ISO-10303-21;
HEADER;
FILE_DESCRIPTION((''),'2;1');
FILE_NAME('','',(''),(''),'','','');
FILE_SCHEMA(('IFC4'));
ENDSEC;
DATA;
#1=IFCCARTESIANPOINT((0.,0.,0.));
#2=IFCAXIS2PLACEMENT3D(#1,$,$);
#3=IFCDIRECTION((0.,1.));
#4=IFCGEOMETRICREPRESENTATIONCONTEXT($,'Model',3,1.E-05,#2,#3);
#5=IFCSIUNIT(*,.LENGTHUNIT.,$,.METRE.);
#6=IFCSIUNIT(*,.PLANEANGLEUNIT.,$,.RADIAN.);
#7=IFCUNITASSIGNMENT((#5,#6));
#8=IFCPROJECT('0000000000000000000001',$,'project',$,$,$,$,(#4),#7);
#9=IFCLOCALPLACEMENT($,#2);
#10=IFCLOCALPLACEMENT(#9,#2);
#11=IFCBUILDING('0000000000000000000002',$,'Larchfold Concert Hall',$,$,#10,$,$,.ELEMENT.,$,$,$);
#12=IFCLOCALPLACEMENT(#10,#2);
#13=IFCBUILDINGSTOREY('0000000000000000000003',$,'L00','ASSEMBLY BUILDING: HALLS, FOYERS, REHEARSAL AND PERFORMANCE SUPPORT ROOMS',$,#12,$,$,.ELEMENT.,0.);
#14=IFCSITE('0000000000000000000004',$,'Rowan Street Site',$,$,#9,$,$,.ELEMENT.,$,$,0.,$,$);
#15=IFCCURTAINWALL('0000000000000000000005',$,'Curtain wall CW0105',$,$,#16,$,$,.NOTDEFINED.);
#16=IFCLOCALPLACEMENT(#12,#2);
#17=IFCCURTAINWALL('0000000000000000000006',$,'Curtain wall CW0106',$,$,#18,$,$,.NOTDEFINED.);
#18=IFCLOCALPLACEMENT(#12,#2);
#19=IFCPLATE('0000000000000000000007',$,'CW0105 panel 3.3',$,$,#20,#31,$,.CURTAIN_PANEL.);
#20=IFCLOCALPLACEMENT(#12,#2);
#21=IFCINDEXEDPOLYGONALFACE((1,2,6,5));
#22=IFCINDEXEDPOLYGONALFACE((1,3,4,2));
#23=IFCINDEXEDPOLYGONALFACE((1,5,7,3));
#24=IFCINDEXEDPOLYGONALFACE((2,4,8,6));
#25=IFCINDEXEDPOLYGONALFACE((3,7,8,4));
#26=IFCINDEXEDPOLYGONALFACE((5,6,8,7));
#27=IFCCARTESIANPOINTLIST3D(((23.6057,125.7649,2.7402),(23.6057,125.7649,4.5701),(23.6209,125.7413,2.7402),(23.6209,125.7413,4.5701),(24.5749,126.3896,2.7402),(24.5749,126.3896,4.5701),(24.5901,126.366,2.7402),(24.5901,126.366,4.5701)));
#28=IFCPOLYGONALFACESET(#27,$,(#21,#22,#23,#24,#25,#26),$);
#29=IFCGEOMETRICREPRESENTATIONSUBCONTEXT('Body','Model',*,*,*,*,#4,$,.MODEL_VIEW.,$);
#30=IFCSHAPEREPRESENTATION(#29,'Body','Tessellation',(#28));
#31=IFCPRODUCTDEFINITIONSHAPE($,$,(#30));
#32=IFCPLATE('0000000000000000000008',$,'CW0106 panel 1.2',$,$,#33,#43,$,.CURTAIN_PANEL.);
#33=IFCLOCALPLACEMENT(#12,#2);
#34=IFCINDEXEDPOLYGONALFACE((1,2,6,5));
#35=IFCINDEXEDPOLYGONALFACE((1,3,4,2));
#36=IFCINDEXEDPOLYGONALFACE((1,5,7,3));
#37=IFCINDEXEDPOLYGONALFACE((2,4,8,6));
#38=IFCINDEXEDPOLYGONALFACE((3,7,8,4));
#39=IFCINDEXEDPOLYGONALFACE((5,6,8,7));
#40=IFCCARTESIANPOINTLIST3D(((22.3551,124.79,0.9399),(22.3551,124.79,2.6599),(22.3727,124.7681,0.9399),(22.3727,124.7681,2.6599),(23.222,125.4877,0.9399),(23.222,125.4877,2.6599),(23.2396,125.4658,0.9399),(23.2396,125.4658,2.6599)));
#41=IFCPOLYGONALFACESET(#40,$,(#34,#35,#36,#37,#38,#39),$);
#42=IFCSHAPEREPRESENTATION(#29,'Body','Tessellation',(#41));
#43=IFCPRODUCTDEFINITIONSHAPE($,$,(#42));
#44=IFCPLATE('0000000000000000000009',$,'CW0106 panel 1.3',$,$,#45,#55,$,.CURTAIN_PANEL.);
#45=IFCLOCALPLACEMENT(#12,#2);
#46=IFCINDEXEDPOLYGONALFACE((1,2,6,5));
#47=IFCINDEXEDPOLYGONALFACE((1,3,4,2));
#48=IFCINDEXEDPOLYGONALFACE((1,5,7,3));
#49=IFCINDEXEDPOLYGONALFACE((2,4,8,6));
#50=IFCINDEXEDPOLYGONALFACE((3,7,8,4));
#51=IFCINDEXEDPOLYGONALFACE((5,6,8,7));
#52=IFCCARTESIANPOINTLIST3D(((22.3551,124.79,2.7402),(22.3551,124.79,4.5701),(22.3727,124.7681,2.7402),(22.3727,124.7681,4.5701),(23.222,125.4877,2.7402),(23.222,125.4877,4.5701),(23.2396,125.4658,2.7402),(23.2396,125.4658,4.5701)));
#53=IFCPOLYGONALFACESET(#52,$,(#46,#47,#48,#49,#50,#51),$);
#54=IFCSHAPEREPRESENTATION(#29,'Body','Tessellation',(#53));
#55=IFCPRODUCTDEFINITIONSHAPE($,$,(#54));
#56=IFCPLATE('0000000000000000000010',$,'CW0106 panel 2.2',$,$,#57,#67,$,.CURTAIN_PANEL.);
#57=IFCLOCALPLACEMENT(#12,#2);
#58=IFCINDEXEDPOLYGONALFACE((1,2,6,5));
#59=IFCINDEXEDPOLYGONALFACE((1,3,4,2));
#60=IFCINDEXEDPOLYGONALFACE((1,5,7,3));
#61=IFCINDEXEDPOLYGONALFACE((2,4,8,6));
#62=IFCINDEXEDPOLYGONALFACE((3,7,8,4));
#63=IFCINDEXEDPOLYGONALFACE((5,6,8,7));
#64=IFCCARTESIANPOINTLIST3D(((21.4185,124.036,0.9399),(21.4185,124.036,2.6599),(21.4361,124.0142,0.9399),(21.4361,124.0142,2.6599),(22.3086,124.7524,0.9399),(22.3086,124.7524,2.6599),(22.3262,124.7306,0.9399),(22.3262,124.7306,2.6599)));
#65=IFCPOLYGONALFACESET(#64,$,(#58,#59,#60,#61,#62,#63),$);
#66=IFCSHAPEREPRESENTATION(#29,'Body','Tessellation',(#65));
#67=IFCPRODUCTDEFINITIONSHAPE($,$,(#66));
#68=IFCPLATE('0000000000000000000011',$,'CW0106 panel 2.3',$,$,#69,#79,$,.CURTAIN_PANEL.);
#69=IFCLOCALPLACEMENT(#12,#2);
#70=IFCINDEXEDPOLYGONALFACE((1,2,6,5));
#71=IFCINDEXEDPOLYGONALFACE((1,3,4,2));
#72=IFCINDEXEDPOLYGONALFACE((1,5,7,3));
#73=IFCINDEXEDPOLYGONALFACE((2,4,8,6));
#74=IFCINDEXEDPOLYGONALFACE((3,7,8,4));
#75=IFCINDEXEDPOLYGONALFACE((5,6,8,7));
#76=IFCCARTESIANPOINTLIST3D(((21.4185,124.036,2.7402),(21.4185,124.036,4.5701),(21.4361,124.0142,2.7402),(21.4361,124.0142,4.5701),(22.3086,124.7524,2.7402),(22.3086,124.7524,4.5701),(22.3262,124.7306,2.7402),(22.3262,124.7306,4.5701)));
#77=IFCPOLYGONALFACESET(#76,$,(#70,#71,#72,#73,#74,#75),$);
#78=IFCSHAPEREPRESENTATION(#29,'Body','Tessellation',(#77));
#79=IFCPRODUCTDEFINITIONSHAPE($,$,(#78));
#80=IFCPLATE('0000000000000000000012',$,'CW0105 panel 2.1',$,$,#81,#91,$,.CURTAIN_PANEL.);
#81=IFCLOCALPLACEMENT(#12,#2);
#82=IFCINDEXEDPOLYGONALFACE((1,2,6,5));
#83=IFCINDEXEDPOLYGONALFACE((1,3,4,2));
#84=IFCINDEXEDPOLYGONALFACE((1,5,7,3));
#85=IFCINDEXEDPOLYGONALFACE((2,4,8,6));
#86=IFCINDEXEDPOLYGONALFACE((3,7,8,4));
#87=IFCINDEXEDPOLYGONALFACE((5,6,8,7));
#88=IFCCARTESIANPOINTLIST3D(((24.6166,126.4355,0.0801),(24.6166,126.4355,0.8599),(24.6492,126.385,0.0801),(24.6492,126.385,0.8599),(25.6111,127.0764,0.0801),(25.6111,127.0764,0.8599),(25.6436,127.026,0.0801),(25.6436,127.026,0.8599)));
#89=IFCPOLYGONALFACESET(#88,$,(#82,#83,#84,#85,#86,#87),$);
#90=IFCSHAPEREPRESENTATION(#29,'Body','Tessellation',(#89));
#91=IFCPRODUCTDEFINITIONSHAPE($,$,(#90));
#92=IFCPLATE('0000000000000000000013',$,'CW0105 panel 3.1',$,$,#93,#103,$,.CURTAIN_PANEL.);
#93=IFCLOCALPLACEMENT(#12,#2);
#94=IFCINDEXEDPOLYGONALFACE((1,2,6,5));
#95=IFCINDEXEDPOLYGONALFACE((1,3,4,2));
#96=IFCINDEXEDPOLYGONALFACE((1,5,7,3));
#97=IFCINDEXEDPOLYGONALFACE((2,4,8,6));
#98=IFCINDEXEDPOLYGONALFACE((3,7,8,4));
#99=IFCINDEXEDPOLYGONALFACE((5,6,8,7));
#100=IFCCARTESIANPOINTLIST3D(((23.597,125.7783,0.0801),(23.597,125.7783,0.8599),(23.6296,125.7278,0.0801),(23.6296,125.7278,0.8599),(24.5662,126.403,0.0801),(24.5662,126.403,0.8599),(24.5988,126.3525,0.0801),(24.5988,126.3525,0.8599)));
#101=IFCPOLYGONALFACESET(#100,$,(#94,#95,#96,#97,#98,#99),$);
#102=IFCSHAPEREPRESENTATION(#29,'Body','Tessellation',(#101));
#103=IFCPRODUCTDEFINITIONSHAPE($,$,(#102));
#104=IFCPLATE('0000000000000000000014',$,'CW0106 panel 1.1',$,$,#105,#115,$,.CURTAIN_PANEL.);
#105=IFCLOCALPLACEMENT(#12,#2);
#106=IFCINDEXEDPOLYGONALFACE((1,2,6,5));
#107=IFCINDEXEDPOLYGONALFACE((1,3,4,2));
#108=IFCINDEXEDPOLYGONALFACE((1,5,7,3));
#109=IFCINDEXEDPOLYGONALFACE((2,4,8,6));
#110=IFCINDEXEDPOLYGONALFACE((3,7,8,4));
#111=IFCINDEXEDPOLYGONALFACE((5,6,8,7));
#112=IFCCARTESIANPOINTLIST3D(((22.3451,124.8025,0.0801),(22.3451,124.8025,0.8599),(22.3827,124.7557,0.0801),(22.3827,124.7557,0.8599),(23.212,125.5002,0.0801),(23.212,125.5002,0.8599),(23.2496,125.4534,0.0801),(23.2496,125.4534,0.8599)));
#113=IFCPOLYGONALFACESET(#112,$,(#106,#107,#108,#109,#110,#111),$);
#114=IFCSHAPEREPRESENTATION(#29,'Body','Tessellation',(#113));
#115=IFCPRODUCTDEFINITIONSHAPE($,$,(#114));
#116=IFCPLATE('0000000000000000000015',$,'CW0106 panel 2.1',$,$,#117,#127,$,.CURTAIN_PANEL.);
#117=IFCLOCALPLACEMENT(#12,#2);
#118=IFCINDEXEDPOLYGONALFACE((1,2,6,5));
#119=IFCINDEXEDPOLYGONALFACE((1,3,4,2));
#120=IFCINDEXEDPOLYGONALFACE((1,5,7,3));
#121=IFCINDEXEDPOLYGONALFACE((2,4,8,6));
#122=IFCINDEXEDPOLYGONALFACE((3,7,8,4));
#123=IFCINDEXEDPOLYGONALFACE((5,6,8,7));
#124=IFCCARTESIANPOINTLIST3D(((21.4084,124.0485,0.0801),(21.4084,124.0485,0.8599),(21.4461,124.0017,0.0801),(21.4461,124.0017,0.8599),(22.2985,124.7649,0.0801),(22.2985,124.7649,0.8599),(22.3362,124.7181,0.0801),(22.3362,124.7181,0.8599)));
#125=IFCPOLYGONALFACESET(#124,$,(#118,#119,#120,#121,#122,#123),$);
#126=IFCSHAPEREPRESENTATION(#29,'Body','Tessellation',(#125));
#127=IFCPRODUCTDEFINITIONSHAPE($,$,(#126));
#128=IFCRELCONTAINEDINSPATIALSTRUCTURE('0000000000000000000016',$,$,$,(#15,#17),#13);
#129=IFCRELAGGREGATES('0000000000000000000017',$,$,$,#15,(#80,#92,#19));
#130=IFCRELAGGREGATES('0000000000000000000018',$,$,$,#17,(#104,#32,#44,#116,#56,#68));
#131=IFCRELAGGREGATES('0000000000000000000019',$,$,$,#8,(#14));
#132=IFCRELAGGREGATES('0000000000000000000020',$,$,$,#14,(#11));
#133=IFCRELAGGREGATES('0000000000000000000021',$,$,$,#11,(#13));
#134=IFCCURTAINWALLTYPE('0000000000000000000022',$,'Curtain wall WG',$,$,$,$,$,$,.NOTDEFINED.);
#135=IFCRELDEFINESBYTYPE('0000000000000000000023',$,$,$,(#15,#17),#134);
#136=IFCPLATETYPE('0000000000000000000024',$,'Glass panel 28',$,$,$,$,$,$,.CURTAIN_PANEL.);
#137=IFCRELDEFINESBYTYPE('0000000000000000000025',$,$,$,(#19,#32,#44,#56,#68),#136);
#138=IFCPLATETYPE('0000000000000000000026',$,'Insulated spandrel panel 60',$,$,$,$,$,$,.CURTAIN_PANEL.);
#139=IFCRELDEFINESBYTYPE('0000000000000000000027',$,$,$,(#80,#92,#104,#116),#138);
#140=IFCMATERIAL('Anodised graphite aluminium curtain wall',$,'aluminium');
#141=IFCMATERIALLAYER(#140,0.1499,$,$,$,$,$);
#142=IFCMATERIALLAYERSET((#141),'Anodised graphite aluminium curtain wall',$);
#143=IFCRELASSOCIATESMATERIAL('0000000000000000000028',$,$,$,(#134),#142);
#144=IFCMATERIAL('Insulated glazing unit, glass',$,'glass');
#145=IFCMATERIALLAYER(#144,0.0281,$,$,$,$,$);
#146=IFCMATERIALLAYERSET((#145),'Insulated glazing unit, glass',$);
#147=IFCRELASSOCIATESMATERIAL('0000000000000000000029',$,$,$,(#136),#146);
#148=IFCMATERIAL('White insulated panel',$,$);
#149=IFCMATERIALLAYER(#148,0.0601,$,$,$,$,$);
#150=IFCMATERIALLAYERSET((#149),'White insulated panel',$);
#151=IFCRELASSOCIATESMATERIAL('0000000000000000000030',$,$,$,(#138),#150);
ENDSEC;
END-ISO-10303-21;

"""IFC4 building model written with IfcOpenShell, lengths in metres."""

from ifc_helpers import new_model, si_unit, direction, frame, origin, origin_2d, place, context, subcontext, project, spatial, rectangle, extrude, material, layer, layer_set, type_object, element, aggregate, save


model = new_model("IFC4")

# Units and contexts
model_context = context("Model", 3, precision=1e-05, world=origin(), true_north=direction((0.0, 1.0)))
body_context = subcontext(model_context, "Body", "Model", "MODEL_VIEW")
ifc_project = project(units=[si_unit("LENGTHUNIT", "METRE"), si_unit("PLANEANGLEUNIT", "RADIAN")], contexts=[model_context])

# Site, building, storey
site_placement = place(None, origin())
site = spatial("IfcSite", under=ifc_project, at=site_placement, Name="Rowan Street Site", CompositionType="ELEMENT", RefElevation=0.0)
building_placement = place(site_placement, origin())
building = spatial("IfcBuilding", under=site, at=building_placement, Name="Larchfold Concert Hall", CompositionType="ELEMENT")
storey_placement = place(building_placement, origin())
storey = spatial("IfcBuildingStorey", under=building, at=storey_placement, Name="L00", Description="ASSEMBLY BUILDING: HALLS, FOYERS, REHEARSAL AND PERFORMANCE SUPPORT ROOMS", CompositionType="ELEMENT", Elevation=0.0)

# Curtain walls
ifc_material_1 = material(Name="Anodised graphite aluminium curtain wall", Category="aluminium")
ifc_layer_1 = layer(ifc_material_1, 0.1499)
ifc_layer_set_1 = layer_set([ifc_layer_1], Name="Anodised graphite aluminium curtain wall")
curtain_wall_type = type_object("IfcCurtainWallType", Name="Curtain wall WG", PredefinedType="NOTDEFINED", material=ifc_layer_set_1)
curtain_wall_1_placement = place(storey_placement, origin())
curtain_wall_1 = element("IfcCurtainWall", 1, at=curtain_wall_1_placement, inside=storey, type_object=curtain_wall_type, Name="Curtain wall CW0105", PredefinedType="NOTDEFINED")
curtain_wall_2_placement = place(storey_placement, origin())
curtain_wall_2 = element("IfcCurtainWall", 2, at=curtain_wall_2_placement, inside=storey, type_object=curtain_wall_type, Name="Curtain wall CW0106", PredefinedType="NOTDEFINED")

# Plates
ifc_material_2 = material(Name="Insulated glazing unit, glass", Category="glass")
ifc_layer_2 = layer(ifc_material_2, 0.0281)
ifc_layer_set_2 = layer_set([ifc_layer_2], Name="Insulated glazing unit, glass")
plate_type_1 = type_object("IfcPlateType", Name="Glass panel 28", PredefinedType="CURTAIN_PANEL", material=ifc_layer_set_2)
plate_1_placement = place(storey_placement, frame((24.0979, 126.0654, 2.7402), z_axis=(0.0, 0.0, 1.0), x_axis=(-0.840531, -0.541763, 0.0)))
plate_1 = element("IfcPlate", 3, at=plate_1_placement, type_object=plate_type_1, Name="CW0105 panel 3.3", PredefinedType="CURTAIN_PANEL", context=body_context, shape_type="SweptSolid", body=[
    extrude(rectangle(XDim=1.1531, YDim=0.0281, at=origin_2d()), origin(), (0.0, 0.0, 1.0), 1.8298),
])
plate_2_placement = place(storey_placement, frame((22.7974, 125.1279, 0.9399), z_axis=(0.0, 0.0, 1.0), x_axis=(-0.77903, -0.626986, 0.0)))
plate_2 = element("IfcPlate", 4, at=plate_2_placement, type_object=plate_type_1, Name="CW0106 panel 1.2", PredefinedType="CURTAIN_PANEL", context=body_context, shape_type="SweptSolid", body=[
    extrude(rectangle(XDim=1.1128, YDim=0.0281, at=origin_2d()), origin(), (0.0, 0.0, 1.0), 1.72),
])
plate_3_placement = place(storey_placement, frame((22.7974, 125.1279, 2.7402), z_axis=(0.0, 0.0, 1.0), x_axis=(-0.77903, -0.626986, 0.0)))
plate_3 = element("IfcPlate", 5, at=plate_3_placement, type_object=plate_type_1, Name="CW0106 panel 1.3", PredefinedType="CURTAIN_PANEL", context=body_context, shape_type="SweptSolid", body=[
    extrude(rectangle(XDim=1.1128, YDim=0.0281, at=origin_2d()), origin(), (0.0, 0.0, 1.0), 1.8298),
])
plate_4_placement = place(storey_placement, frame((21.8723, 124.3833, 0.9399), z_axis=(0.0, 0.0, 1.0), x_axis=(-0.77903, -0.626986, 0.0)))
plate_4 = element("IfcPlate", 6, at=plate_4_placement, type_object=plate_type_1, Name="CW0106 panel 2.2", PredefinedType="CURTAIN_PANEL", context=body_context, shape_type="SweptSolid", body=[
    extrude(rectangle(XDim=1.1426, YDim=0.0281, at=origin_2d()), origin(), (0.0, 0.0, 1.0), 1.72),
])
plate_5_placement = place(storey_placement, frame((21.8723, 124.3833, 2.7402), z_axis=(0.0, 0.0, 1.0), x_axis=(-0.77903, -0.626986, 0.0)))
plate_5 = element("IfcPlate", 7, at=plate_5_placement, type_object=plate_type_1, Name="CW0106 panel 2.3", PredefinedType="CURTAIN_PANEL", context=body_context, shape_type="SweptSolid", body=[
    extrude(rectangle(XDim=1.1426, YDim=0.0281, at=origin_2d()), origin(), (0.0, 0.0, 1.0), 1.8298),
])
ifc_material_3 = material(Name="White insulated panel")
ifc_layer_3 = layer(ifc_material_3, 0.0601)
ifc_layer_set_3 = layer_set([ifc_layer_3], Name="White insulated panel")
plate_type_2 = type_object("IfcPlateType", Name="Insulated spandrel panel 60", PredefinedType="CURTAIN_PANEL", material=ifc_layer_set_3)
plate_6_placement = place(storey_placement, frame((25.1301, 126.7307, 0.0801), z_axis=(0.0, 0.0, 1.0), x_axis=(-0.840531, -0.541763, 0.0)))
plate_6 = element("IfcPlate", 8, at=plate_6_placement, type_object=plate_type_2, Name="CW0105 panel 2.1", PredefinedType="CURTAIN_PANEL", context=body_context, shape_type="SweptSolid", body=[
    extrude(rectangle(XDim=1.1831, YDim=0.0601, at=origin_2d()), origin(), (0.0, 0.0, 1.0), 0.7798),
])
plate_7_placement = place(storey_placement, frame((24.0979, 126.0654, 0.0801), z_axis=(0.0, 0.0, 1.0), x_axis=(-0.840531, -0.541763, 0.0)))
plate_7 = element("IfcPlate", 9, at=plate_7_placement, type_object=plate_type_2, Name="CW0105 panel 3.1", PredefinedType="CURTAIN_PANEL", context=body_context, shape_type="SweptSolid", body=[
    extrude(rectangle(XDim=1.1531, YDim=0.0601, at=origin_2d()), origin(), (0.0, 0.0, 1.0), 0.7798),
])
aggregate(curtain_wall_1, [plate_6, plate_7, plate_1])
plate_8_placement = place(storey_placement, frame((22.7974, 125.1279, 0.0801), z_axis=(0.0, 0.0, 1.0), x_axis=(-0.77903, -0.626986, 0.0)))
plate_8 = element("IfcPlate", 10, at=plate_8_placement, type_object=plate_type_2, Name="CW0106 panel 1.1", PredefinedType="CURTAIN_PANEL", context=body_context, shape_type="SweptSolid", body=[
    extrude(rectangle(XDim=1.1128, YDim=0.0601, at=origin_2d()), origin(), (0.0, 0.0, 1.0), 0.7798),
])
plate_9_placement = place(storey_placement, frame((21.8723, 124.3833, 0.0801), z_axis=(0.0, 0.0, 1.0), x_axis=(-0.77903, -0.626986, 0.0)))
plate_9 = element("IfcPlate", 11, at=plate_9_placement, type_object=plate_type_2, Name="CW0106 panel 2.1", PredefinedType="CURTAIN_PANEL", context=body_context, shape_type="SweptSolid", body=[
    extrude(rectangle(XDim=1.1426, YDim=0.0601, at=origin_2d()), origin(), (0.0, 0.0, 1.0), 0.7798),
])
aggregate(curtain_wall_2, [plate_8, plate_2, plate_3, plate_9, plate_4, plate_5])

save(model, "model.ifc")
